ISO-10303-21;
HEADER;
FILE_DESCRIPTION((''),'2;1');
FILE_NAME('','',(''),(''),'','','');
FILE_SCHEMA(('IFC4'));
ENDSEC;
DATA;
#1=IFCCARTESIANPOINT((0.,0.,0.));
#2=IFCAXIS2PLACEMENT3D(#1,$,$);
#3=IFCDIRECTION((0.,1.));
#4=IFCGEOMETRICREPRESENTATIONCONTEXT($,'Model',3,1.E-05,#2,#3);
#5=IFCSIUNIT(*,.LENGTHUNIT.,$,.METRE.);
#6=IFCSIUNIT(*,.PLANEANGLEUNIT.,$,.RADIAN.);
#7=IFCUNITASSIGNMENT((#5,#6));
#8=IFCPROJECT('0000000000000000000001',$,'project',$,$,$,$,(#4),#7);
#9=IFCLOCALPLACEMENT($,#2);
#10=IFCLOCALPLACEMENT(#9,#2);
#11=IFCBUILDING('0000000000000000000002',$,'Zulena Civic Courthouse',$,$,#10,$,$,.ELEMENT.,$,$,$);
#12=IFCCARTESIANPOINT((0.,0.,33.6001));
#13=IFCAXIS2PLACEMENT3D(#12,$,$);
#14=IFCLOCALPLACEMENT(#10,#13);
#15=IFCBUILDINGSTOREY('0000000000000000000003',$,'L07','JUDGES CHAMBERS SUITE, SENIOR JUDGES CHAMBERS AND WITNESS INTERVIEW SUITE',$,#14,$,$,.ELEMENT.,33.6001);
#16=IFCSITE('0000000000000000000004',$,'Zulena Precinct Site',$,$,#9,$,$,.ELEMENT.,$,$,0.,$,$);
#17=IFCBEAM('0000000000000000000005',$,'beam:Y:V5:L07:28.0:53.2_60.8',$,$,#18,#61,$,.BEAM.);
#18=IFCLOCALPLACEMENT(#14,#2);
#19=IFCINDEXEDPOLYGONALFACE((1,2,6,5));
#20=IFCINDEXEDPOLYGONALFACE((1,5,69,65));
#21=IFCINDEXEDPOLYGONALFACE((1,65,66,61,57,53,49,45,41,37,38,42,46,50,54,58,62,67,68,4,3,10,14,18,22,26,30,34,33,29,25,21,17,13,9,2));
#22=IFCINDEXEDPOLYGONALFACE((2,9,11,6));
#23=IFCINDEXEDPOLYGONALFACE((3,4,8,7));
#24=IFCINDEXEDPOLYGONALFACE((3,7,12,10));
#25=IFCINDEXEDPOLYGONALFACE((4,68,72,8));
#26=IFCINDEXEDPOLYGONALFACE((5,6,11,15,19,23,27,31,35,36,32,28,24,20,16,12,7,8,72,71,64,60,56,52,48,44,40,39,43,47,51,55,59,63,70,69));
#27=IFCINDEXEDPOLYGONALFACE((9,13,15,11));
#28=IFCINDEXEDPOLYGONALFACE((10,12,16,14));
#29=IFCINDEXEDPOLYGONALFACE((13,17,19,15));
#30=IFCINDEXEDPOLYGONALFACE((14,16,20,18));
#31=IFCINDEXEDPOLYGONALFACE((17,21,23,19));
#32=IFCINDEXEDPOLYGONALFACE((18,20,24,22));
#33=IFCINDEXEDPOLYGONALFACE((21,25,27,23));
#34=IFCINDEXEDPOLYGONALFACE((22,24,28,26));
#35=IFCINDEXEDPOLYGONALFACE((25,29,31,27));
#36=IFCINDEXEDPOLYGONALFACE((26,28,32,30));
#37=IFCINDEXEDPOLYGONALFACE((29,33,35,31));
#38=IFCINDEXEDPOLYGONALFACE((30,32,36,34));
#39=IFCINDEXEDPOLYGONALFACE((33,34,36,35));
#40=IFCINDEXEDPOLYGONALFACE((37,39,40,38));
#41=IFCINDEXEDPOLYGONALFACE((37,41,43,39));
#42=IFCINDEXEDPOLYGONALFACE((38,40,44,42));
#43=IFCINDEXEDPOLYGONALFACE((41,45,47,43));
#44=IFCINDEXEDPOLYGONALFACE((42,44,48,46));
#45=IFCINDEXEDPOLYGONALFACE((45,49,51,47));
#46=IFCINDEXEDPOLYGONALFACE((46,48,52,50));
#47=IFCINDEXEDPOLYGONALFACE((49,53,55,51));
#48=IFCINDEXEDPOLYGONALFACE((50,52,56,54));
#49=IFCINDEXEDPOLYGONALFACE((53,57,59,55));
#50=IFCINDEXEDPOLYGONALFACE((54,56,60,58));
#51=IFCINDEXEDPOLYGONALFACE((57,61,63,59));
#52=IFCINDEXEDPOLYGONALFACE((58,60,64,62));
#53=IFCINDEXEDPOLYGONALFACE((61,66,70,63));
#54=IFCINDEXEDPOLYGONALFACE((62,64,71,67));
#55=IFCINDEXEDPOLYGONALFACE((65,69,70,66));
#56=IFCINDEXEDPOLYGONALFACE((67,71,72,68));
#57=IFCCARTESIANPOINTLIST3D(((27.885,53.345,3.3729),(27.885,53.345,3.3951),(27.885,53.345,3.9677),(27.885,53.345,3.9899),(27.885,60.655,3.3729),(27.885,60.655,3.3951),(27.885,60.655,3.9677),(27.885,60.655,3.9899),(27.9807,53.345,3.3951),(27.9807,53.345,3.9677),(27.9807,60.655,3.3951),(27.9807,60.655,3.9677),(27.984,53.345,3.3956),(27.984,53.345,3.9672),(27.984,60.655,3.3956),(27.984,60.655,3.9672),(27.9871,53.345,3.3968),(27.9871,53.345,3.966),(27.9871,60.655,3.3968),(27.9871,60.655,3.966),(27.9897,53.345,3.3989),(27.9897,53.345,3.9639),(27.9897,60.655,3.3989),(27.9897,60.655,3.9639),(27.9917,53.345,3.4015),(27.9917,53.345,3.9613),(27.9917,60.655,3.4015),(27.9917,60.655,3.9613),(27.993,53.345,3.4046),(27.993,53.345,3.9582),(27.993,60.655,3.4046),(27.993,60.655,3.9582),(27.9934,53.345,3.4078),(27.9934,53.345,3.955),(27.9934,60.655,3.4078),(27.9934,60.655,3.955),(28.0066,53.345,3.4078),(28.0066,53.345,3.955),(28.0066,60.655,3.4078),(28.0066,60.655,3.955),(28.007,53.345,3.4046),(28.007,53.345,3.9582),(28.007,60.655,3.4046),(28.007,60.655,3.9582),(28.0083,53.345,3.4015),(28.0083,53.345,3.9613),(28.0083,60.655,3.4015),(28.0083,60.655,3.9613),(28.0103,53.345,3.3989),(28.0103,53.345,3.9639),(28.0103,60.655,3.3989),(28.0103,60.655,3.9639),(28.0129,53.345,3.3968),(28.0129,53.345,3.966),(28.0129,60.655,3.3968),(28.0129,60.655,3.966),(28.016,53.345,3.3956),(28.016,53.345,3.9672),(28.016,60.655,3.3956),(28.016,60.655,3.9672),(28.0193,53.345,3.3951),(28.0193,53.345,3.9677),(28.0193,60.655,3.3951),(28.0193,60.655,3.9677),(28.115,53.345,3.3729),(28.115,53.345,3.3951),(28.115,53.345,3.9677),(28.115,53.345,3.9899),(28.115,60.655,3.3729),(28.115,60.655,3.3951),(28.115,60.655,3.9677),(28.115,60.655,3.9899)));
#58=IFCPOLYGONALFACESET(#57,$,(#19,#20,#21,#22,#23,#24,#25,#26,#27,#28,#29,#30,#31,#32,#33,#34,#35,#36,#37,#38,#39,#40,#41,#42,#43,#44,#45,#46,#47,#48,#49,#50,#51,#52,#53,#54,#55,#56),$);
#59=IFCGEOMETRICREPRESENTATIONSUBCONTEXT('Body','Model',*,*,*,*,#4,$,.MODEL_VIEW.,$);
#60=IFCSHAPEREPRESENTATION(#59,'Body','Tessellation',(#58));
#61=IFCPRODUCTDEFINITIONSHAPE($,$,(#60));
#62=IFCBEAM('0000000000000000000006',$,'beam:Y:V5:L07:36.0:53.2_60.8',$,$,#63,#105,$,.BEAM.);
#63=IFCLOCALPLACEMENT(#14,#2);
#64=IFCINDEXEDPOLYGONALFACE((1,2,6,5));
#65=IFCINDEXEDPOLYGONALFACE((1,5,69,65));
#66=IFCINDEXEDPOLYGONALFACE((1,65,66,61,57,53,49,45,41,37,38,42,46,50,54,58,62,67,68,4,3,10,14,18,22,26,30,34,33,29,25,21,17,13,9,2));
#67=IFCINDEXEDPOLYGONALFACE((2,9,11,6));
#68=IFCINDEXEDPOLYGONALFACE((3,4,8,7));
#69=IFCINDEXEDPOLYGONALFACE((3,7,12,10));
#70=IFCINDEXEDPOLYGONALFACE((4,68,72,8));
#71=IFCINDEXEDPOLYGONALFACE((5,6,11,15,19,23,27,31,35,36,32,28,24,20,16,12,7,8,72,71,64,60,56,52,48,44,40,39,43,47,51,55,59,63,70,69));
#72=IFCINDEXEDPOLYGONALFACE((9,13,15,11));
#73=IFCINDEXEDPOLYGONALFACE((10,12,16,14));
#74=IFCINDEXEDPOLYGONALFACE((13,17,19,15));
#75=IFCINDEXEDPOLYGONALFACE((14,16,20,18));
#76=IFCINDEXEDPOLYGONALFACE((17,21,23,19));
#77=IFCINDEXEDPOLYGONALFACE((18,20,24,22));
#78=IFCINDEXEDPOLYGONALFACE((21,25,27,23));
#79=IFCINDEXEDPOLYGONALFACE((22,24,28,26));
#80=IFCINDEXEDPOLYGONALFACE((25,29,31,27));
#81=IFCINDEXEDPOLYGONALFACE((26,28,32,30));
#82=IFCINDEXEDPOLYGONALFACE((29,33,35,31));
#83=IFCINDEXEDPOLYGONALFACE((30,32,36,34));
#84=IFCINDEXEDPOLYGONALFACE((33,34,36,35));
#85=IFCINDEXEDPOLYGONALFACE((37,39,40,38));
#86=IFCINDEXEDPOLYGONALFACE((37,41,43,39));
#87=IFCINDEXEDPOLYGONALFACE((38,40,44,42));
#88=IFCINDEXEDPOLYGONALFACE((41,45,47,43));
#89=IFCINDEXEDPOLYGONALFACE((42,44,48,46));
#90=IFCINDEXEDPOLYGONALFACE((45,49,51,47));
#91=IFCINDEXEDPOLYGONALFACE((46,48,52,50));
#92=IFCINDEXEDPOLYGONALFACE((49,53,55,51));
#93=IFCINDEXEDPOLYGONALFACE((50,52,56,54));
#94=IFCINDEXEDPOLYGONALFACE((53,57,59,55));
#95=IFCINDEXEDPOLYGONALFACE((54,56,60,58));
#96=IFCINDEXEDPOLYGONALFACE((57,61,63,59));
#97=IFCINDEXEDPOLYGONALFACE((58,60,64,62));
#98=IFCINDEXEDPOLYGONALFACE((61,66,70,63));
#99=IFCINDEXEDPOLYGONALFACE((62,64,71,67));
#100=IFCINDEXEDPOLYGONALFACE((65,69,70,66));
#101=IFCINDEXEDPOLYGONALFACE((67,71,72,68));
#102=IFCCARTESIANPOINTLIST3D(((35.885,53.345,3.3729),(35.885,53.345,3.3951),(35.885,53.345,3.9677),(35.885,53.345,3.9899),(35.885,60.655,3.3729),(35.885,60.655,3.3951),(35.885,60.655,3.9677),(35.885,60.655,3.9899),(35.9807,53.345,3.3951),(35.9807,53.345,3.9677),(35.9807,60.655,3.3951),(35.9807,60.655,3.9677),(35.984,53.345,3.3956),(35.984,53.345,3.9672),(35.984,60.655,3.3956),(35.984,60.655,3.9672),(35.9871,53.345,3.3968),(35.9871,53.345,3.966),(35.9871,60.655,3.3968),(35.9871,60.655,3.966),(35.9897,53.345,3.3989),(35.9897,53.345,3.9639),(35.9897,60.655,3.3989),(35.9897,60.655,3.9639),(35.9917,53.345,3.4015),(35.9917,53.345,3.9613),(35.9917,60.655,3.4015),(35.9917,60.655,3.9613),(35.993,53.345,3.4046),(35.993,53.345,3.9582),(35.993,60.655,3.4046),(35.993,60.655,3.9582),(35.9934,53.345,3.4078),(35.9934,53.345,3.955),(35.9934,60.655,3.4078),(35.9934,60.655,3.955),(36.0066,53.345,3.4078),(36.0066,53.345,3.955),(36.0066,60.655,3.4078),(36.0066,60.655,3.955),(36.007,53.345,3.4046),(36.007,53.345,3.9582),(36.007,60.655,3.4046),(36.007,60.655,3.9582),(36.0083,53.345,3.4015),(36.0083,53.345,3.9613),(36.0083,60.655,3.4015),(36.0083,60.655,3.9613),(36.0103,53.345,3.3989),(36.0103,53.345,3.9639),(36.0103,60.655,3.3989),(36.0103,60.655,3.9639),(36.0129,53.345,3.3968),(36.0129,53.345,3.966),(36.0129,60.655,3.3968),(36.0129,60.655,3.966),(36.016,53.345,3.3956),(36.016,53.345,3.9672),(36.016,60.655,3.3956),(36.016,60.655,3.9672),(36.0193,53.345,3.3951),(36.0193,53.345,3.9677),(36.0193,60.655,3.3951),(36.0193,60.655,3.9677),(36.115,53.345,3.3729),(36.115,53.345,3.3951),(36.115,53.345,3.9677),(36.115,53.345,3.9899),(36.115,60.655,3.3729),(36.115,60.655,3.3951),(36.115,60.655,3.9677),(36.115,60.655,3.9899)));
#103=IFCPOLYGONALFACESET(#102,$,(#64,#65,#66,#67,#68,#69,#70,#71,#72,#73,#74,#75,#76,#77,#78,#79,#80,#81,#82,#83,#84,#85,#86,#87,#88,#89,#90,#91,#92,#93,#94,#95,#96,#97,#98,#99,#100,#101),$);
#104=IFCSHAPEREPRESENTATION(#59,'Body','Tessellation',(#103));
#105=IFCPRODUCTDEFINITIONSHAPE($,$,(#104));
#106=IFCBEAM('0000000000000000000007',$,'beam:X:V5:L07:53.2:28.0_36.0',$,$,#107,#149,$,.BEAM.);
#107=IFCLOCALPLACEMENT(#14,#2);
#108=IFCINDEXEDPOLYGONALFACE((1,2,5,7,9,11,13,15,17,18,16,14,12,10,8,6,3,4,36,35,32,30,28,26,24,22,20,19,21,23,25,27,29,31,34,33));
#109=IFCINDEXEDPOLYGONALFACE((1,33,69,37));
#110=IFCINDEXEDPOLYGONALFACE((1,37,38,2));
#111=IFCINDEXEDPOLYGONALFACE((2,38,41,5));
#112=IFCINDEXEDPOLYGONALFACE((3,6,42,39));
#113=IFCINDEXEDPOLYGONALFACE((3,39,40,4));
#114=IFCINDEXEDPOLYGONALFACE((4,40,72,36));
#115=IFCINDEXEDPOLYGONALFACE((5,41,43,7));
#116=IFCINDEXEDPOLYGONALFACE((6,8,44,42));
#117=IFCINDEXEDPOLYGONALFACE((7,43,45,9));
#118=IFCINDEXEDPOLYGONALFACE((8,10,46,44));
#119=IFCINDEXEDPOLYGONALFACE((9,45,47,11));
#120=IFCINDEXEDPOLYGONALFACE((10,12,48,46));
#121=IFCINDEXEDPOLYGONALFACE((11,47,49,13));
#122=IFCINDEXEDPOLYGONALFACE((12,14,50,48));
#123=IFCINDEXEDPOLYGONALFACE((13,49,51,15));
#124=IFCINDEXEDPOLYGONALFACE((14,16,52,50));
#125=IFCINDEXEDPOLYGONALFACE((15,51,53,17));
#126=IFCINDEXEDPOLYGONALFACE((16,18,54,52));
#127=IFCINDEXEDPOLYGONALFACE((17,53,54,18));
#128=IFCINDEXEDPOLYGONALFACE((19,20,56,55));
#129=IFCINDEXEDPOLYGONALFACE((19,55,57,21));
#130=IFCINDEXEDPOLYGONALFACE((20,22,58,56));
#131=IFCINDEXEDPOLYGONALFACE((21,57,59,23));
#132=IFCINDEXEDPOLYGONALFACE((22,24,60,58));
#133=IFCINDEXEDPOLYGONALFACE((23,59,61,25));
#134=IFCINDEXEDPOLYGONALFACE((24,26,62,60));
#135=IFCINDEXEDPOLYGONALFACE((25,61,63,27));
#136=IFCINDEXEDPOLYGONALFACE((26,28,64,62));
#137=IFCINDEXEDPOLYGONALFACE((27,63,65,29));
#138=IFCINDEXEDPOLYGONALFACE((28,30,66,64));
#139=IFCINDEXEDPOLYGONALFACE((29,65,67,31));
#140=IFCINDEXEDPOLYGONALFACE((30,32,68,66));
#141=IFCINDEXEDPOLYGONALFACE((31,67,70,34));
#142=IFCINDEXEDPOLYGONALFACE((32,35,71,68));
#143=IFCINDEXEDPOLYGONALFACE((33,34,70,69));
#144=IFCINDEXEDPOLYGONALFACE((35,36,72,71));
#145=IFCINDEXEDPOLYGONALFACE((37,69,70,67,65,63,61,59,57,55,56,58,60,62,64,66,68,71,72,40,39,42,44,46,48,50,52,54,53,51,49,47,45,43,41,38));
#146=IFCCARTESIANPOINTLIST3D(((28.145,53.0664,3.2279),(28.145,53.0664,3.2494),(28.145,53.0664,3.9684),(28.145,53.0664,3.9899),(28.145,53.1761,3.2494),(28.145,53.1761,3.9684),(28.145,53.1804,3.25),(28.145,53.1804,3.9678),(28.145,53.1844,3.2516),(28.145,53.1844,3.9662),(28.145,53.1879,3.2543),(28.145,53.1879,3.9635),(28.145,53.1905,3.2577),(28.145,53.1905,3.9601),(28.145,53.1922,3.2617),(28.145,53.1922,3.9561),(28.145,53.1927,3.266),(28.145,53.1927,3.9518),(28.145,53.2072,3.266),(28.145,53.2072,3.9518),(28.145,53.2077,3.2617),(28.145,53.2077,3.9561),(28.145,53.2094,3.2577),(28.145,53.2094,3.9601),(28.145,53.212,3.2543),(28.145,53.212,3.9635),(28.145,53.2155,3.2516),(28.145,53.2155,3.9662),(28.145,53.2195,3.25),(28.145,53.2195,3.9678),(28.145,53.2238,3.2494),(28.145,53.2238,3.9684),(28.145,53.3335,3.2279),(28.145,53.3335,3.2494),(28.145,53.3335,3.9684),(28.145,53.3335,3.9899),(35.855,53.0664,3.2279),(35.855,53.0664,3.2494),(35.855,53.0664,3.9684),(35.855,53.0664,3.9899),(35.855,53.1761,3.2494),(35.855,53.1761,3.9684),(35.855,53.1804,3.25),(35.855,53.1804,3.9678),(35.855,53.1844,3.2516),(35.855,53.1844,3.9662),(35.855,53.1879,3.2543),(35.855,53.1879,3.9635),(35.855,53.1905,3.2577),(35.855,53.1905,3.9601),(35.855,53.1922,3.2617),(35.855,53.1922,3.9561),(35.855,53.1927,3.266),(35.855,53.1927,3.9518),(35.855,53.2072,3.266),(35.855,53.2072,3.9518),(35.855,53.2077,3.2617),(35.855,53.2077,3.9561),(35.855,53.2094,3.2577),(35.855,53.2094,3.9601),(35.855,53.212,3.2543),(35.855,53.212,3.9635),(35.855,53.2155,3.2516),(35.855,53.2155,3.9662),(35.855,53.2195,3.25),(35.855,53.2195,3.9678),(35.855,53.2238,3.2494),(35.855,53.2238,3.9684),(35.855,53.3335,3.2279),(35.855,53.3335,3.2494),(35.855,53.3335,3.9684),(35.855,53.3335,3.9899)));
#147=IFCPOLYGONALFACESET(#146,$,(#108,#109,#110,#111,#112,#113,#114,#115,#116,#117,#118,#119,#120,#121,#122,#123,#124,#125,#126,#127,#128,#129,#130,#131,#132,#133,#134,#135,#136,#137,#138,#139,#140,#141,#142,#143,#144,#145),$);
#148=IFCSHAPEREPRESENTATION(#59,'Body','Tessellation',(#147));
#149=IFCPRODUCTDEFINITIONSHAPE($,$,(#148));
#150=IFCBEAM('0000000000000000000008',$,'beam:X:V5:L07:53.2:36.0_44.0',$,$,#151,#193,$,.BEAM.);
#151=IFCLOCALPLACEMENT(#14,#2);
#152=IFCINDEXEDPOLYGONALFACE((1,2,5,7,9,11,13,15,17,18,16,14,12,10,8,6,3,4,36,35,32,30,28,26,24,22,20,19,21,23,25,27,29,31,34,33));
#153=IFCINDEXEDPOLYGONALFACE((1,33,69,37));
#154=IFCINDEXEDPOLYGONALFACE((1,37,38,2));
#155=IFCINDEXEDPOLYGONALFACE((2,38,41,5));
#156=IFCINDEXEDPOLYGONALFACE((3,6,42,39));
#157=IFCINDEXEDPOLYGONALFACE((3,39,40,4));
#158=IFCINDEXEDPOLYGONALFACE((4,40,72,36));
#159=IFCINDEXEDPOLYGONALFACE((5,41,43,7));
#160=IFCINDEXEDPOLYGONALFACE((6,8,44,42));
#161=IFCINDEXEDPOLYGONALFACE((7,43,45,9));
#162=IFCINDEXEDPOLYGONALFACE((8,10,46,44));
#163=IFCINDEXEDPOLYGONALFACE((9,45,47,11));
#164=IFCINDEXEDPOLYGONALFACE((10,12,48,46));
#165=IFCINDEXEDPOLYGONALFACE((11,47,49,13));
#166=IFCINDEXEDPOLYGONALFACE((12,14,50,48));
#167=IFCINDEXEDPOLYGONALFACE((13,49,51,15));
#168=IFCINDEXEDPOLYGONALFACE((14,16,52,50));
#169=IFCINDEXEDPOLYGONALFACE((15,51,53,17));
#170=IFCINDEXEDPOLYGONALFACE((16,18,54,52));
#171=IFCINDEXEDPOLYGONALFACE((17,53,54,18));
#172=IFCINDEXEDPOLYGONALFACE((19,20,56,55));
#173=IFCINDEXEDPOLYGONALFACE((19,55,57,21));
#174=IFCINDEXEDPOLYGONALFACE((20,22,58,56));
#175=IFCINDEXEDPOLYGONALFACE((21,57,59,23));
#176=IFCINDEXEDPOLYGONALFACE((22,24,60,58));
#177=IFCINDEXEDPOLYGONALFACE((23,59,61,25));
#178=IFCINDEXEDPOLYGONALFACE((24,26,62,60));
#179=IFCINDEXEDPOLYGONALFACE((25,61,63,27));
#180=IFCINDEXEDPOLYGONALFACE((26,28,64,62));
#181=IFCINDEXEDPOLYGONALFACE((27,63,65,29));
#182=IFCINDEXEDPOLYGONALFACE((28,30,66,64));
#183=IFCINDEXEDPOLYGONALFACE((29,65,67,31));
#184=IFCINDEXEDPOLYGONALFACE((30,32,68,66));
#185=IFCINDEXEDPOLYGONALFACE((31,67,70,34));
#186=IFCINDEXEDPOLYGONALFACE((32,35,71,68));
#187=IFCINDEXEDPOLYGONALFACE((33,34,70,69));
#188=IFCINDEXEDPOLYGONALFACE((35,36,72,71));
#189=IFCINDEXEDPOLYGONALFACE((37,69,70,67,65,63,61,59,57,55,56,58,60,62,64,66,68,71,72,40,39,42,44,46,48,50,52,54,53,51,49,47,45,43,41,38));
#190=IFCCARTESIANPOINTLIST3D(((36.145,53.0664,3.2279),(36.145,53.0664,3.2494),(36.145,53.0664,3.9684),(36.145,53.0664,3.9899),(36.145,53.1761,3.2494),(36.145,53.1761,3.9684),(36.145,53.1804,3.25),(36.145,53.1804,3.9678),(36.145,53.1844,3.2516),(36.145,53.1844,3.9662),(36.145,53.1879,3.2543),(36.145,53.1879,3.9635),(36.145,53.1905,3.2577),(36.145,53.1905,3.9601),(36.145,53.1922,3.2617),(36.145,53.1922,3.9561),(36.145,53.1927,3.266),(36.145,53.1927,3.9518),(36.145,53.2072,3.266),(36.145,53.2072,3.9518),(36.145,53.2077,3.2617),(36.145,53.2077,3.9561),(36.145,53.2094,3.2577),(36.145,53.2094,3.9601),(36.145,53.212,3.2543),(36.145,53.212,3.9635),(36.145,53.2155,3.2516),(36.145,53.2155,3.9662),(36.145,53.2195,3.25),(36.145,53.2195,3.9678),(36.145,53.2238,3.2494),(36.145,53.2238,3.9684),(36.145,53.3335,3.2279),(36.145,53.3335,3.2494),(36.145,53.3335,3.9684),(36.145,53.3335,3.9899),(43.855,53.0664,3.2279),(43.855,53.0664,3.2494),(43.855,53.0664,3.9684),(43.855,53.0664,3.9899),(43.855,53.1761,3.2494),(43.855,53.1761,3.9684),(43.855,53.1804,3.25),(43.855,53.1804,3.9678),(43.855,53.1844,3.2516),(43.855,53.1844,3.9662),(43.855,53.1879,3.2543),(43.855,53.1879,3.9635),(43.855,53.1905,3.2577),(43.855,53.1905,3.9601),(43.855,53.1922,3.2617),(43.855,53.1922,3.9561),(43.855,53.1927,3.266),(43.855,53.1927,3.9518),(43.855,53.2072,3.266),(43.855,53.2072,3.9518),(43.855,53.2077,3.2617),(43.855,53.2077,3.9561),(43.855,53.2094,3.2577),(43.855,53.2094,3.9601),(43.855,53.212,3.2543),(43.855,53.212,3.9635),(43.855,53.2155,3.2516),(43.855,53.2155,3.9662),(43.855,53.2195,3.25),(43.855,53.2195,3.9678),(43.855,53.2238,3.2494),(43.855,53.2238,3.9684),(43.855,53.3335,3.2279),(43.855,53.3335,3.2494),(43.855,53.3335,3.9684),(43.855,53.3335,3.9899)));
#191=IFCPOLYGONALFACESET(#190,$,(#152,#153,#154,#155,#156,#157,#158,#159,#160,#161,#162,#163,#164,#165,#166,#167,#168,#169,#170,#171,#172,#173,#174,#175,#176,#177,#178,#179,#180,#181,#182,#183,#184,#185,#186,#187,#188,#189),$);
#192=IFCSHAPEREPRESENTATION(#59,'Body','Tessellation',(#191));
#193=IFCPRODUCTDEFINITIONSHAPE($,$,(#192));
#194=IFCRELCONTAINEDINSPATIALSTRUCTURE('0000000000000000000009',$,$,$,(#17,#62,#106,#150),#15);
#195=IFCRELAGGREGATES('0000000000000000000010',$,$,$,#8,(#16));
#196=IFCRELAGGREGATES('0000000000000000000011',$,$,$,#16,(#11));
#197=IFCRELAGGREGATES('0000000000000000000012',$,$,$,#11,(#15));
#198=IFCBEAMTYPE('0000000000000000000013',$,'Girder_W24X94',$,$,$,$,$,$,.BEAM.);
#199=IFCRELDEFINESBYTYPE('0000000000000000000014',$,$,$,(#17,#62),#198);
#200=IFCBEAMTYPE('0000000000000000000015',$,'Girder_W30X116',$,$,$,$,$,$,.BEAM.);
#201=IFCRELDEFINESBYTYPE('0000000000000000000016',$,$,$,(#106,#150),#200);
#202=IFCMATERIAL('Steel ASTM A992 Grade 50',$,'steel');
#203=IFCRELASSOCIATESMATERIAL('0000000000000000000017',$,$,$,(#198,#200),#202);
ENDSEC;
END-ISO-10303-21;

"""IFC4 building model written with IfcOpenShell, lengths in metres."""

from ifc_helpers import new_model, si_unit, direction, frame, origin, origin_2d, place, context, subcontext, project, spatial, i_section, extrude, material, material_profile, profile_set, type_object, element, save


model = new_model("IFC4")

# Units and contexts
model_context = context("Model", 3, precision=1e-05, world=origin(), true_north=direction((0.0, 1.0)))
body_context = subcontext(model_context, "Body", "Model", "MODEL_VIEW")
ifc_project = project(units=[si_unit("LENGTHUNIT", "METRE"), si_unit("PLANEANGLEUNIT", "RADIAN")], contexts=[model_context])

# Site, building, storey
site_placement = place(None, origin())
site = spatial("IfcSite", under=ifc_project, at=site_placement, Name="Zulena Precinct Site", CompositionType="ELEMENT", RefElevation=0.0)
building_placement = place(site_placement, origin())
building = spatial("IfcBuilding", under=site, at=building_placement, Name="Zulena Civic Courthouse", CompositionType="ELEMENT")
storey_placement = place(building_placement, frame((0.0, 0.0, 33.6001)))
storey = spatial("IfcBuildingStorey", under=building, at=storey_placement, Name="L07", Description="JUDGES CHAMBERS SUITE, SENIOR JUDGES CHAMBERS AND WITNESS INTERVIEW SUITE", CompositionType="ELEMENT", Elevation=33.6001)

# Shared definitions
ifc_material_1 = material(Name="Steel ASTM A992 Grade 50", Category="steel")

# Beams
ifc_material_profile_1 = material_profile(ifc_material_1, i_section(OverallWidth=0.23, OverallDepth=0.6169, WebThickness=0.0132, FlangeThickness=0.0222, FilletRadius=0.0127, at=origin_2d()), Name="W24X94")
ifc_profile_set_1 = profile_set([ifc_material_profile_1], Name="Steel ASTM A992 Grade 50")
beam_type_1 = type_object("IfcBeamType", Name="Girder_W24X94", PredefinedType="BEAM", material=ifc_profile_set_1)
for number, where, z_axis, x_axis, name in (
    (1, (28.0, 53.345, 3.6814), (0.0, 1.0, 0.0), (-1.0, 0.0, 0.0), "beam:Y:V5:L07:28.0:53.2_60.8"),
    (2, (36.0, 53.345, 3.6814), (0.0, 1.0, 0.0), (-1.0, 0.0, 0.0), "beam:Y:V5:L07:36.0:53.2_60.8"),
):
    element("IfcBeam", number, at=place(storey_placement, frame(where, z_axis=z_axis, x_axis=x_axis)), inside=storey, type_object=beam_type_1, Name=name, PredefinedType="BEAM", context=body_context, shape_type="SweptSolid", body=[
        extrude(i_section(OverallWidth=0.23, OverallDepth=0.6169, WebThickness=0.0132, FlangeThickness=0.0222, FilletRadius=0.0127, at=origin_2d()), origin(), (0.0, 0.0, 1.0), 7.3101),
    ])
ifc_material_profile_2 = material_profile(ifc_material_1, i_section(OverallWidth=0.2671, OverallDepth=0.762, WebThickness=0.0144, FlangeThickness=0.0215, FilletRadius=0.0166, at=origin_2d()), Name="W30X116")
ifc_profile_set_2 = profile_set([ifc_material_profile_2], Name="Steel ASTM A992 Grade 50")
beam_type_2 = type_object("IfcBeamType", Name="Girder_W30X116", PredefinedType="BEAM", material=ifc_profile_set_2)
for number, where, z_axis, x_axis, name in (
    (3, (28.145, 53.2, 3.6089), (1.0, 0.0, 0.0), (0.0, 1.0, 0.0), "beam:X:V5:L07:53.2:28.0_36.0"),
    (4, (36.145, 53.2, 3.6089), (1.0, 0.0, 0.0), (0.0, 1.0, 0.0), "beam:X:V5:L07:53.2:36.0_44.0"),
):
    element("IfcBeam", number, at=place(storey_placement, frame(where, z_axis=z_axis, x_axis=x_axis)), inside=storey, type_object=beam_type_2, Name=name, PredefinedType="BEAM", context=body_context, shape_type="SweptSolid", body=[
        extrude(i_section(OverallWidth=0.2671, OverallDepth=0.762, WebThickness=0.0144, FlangeThickness=0.0215, FilletRadius=0.0166, at=origin_2d()), origin(), (0.0, 0.0, 1.0), 7.71),
    ])

save(model, "model.ifc")
